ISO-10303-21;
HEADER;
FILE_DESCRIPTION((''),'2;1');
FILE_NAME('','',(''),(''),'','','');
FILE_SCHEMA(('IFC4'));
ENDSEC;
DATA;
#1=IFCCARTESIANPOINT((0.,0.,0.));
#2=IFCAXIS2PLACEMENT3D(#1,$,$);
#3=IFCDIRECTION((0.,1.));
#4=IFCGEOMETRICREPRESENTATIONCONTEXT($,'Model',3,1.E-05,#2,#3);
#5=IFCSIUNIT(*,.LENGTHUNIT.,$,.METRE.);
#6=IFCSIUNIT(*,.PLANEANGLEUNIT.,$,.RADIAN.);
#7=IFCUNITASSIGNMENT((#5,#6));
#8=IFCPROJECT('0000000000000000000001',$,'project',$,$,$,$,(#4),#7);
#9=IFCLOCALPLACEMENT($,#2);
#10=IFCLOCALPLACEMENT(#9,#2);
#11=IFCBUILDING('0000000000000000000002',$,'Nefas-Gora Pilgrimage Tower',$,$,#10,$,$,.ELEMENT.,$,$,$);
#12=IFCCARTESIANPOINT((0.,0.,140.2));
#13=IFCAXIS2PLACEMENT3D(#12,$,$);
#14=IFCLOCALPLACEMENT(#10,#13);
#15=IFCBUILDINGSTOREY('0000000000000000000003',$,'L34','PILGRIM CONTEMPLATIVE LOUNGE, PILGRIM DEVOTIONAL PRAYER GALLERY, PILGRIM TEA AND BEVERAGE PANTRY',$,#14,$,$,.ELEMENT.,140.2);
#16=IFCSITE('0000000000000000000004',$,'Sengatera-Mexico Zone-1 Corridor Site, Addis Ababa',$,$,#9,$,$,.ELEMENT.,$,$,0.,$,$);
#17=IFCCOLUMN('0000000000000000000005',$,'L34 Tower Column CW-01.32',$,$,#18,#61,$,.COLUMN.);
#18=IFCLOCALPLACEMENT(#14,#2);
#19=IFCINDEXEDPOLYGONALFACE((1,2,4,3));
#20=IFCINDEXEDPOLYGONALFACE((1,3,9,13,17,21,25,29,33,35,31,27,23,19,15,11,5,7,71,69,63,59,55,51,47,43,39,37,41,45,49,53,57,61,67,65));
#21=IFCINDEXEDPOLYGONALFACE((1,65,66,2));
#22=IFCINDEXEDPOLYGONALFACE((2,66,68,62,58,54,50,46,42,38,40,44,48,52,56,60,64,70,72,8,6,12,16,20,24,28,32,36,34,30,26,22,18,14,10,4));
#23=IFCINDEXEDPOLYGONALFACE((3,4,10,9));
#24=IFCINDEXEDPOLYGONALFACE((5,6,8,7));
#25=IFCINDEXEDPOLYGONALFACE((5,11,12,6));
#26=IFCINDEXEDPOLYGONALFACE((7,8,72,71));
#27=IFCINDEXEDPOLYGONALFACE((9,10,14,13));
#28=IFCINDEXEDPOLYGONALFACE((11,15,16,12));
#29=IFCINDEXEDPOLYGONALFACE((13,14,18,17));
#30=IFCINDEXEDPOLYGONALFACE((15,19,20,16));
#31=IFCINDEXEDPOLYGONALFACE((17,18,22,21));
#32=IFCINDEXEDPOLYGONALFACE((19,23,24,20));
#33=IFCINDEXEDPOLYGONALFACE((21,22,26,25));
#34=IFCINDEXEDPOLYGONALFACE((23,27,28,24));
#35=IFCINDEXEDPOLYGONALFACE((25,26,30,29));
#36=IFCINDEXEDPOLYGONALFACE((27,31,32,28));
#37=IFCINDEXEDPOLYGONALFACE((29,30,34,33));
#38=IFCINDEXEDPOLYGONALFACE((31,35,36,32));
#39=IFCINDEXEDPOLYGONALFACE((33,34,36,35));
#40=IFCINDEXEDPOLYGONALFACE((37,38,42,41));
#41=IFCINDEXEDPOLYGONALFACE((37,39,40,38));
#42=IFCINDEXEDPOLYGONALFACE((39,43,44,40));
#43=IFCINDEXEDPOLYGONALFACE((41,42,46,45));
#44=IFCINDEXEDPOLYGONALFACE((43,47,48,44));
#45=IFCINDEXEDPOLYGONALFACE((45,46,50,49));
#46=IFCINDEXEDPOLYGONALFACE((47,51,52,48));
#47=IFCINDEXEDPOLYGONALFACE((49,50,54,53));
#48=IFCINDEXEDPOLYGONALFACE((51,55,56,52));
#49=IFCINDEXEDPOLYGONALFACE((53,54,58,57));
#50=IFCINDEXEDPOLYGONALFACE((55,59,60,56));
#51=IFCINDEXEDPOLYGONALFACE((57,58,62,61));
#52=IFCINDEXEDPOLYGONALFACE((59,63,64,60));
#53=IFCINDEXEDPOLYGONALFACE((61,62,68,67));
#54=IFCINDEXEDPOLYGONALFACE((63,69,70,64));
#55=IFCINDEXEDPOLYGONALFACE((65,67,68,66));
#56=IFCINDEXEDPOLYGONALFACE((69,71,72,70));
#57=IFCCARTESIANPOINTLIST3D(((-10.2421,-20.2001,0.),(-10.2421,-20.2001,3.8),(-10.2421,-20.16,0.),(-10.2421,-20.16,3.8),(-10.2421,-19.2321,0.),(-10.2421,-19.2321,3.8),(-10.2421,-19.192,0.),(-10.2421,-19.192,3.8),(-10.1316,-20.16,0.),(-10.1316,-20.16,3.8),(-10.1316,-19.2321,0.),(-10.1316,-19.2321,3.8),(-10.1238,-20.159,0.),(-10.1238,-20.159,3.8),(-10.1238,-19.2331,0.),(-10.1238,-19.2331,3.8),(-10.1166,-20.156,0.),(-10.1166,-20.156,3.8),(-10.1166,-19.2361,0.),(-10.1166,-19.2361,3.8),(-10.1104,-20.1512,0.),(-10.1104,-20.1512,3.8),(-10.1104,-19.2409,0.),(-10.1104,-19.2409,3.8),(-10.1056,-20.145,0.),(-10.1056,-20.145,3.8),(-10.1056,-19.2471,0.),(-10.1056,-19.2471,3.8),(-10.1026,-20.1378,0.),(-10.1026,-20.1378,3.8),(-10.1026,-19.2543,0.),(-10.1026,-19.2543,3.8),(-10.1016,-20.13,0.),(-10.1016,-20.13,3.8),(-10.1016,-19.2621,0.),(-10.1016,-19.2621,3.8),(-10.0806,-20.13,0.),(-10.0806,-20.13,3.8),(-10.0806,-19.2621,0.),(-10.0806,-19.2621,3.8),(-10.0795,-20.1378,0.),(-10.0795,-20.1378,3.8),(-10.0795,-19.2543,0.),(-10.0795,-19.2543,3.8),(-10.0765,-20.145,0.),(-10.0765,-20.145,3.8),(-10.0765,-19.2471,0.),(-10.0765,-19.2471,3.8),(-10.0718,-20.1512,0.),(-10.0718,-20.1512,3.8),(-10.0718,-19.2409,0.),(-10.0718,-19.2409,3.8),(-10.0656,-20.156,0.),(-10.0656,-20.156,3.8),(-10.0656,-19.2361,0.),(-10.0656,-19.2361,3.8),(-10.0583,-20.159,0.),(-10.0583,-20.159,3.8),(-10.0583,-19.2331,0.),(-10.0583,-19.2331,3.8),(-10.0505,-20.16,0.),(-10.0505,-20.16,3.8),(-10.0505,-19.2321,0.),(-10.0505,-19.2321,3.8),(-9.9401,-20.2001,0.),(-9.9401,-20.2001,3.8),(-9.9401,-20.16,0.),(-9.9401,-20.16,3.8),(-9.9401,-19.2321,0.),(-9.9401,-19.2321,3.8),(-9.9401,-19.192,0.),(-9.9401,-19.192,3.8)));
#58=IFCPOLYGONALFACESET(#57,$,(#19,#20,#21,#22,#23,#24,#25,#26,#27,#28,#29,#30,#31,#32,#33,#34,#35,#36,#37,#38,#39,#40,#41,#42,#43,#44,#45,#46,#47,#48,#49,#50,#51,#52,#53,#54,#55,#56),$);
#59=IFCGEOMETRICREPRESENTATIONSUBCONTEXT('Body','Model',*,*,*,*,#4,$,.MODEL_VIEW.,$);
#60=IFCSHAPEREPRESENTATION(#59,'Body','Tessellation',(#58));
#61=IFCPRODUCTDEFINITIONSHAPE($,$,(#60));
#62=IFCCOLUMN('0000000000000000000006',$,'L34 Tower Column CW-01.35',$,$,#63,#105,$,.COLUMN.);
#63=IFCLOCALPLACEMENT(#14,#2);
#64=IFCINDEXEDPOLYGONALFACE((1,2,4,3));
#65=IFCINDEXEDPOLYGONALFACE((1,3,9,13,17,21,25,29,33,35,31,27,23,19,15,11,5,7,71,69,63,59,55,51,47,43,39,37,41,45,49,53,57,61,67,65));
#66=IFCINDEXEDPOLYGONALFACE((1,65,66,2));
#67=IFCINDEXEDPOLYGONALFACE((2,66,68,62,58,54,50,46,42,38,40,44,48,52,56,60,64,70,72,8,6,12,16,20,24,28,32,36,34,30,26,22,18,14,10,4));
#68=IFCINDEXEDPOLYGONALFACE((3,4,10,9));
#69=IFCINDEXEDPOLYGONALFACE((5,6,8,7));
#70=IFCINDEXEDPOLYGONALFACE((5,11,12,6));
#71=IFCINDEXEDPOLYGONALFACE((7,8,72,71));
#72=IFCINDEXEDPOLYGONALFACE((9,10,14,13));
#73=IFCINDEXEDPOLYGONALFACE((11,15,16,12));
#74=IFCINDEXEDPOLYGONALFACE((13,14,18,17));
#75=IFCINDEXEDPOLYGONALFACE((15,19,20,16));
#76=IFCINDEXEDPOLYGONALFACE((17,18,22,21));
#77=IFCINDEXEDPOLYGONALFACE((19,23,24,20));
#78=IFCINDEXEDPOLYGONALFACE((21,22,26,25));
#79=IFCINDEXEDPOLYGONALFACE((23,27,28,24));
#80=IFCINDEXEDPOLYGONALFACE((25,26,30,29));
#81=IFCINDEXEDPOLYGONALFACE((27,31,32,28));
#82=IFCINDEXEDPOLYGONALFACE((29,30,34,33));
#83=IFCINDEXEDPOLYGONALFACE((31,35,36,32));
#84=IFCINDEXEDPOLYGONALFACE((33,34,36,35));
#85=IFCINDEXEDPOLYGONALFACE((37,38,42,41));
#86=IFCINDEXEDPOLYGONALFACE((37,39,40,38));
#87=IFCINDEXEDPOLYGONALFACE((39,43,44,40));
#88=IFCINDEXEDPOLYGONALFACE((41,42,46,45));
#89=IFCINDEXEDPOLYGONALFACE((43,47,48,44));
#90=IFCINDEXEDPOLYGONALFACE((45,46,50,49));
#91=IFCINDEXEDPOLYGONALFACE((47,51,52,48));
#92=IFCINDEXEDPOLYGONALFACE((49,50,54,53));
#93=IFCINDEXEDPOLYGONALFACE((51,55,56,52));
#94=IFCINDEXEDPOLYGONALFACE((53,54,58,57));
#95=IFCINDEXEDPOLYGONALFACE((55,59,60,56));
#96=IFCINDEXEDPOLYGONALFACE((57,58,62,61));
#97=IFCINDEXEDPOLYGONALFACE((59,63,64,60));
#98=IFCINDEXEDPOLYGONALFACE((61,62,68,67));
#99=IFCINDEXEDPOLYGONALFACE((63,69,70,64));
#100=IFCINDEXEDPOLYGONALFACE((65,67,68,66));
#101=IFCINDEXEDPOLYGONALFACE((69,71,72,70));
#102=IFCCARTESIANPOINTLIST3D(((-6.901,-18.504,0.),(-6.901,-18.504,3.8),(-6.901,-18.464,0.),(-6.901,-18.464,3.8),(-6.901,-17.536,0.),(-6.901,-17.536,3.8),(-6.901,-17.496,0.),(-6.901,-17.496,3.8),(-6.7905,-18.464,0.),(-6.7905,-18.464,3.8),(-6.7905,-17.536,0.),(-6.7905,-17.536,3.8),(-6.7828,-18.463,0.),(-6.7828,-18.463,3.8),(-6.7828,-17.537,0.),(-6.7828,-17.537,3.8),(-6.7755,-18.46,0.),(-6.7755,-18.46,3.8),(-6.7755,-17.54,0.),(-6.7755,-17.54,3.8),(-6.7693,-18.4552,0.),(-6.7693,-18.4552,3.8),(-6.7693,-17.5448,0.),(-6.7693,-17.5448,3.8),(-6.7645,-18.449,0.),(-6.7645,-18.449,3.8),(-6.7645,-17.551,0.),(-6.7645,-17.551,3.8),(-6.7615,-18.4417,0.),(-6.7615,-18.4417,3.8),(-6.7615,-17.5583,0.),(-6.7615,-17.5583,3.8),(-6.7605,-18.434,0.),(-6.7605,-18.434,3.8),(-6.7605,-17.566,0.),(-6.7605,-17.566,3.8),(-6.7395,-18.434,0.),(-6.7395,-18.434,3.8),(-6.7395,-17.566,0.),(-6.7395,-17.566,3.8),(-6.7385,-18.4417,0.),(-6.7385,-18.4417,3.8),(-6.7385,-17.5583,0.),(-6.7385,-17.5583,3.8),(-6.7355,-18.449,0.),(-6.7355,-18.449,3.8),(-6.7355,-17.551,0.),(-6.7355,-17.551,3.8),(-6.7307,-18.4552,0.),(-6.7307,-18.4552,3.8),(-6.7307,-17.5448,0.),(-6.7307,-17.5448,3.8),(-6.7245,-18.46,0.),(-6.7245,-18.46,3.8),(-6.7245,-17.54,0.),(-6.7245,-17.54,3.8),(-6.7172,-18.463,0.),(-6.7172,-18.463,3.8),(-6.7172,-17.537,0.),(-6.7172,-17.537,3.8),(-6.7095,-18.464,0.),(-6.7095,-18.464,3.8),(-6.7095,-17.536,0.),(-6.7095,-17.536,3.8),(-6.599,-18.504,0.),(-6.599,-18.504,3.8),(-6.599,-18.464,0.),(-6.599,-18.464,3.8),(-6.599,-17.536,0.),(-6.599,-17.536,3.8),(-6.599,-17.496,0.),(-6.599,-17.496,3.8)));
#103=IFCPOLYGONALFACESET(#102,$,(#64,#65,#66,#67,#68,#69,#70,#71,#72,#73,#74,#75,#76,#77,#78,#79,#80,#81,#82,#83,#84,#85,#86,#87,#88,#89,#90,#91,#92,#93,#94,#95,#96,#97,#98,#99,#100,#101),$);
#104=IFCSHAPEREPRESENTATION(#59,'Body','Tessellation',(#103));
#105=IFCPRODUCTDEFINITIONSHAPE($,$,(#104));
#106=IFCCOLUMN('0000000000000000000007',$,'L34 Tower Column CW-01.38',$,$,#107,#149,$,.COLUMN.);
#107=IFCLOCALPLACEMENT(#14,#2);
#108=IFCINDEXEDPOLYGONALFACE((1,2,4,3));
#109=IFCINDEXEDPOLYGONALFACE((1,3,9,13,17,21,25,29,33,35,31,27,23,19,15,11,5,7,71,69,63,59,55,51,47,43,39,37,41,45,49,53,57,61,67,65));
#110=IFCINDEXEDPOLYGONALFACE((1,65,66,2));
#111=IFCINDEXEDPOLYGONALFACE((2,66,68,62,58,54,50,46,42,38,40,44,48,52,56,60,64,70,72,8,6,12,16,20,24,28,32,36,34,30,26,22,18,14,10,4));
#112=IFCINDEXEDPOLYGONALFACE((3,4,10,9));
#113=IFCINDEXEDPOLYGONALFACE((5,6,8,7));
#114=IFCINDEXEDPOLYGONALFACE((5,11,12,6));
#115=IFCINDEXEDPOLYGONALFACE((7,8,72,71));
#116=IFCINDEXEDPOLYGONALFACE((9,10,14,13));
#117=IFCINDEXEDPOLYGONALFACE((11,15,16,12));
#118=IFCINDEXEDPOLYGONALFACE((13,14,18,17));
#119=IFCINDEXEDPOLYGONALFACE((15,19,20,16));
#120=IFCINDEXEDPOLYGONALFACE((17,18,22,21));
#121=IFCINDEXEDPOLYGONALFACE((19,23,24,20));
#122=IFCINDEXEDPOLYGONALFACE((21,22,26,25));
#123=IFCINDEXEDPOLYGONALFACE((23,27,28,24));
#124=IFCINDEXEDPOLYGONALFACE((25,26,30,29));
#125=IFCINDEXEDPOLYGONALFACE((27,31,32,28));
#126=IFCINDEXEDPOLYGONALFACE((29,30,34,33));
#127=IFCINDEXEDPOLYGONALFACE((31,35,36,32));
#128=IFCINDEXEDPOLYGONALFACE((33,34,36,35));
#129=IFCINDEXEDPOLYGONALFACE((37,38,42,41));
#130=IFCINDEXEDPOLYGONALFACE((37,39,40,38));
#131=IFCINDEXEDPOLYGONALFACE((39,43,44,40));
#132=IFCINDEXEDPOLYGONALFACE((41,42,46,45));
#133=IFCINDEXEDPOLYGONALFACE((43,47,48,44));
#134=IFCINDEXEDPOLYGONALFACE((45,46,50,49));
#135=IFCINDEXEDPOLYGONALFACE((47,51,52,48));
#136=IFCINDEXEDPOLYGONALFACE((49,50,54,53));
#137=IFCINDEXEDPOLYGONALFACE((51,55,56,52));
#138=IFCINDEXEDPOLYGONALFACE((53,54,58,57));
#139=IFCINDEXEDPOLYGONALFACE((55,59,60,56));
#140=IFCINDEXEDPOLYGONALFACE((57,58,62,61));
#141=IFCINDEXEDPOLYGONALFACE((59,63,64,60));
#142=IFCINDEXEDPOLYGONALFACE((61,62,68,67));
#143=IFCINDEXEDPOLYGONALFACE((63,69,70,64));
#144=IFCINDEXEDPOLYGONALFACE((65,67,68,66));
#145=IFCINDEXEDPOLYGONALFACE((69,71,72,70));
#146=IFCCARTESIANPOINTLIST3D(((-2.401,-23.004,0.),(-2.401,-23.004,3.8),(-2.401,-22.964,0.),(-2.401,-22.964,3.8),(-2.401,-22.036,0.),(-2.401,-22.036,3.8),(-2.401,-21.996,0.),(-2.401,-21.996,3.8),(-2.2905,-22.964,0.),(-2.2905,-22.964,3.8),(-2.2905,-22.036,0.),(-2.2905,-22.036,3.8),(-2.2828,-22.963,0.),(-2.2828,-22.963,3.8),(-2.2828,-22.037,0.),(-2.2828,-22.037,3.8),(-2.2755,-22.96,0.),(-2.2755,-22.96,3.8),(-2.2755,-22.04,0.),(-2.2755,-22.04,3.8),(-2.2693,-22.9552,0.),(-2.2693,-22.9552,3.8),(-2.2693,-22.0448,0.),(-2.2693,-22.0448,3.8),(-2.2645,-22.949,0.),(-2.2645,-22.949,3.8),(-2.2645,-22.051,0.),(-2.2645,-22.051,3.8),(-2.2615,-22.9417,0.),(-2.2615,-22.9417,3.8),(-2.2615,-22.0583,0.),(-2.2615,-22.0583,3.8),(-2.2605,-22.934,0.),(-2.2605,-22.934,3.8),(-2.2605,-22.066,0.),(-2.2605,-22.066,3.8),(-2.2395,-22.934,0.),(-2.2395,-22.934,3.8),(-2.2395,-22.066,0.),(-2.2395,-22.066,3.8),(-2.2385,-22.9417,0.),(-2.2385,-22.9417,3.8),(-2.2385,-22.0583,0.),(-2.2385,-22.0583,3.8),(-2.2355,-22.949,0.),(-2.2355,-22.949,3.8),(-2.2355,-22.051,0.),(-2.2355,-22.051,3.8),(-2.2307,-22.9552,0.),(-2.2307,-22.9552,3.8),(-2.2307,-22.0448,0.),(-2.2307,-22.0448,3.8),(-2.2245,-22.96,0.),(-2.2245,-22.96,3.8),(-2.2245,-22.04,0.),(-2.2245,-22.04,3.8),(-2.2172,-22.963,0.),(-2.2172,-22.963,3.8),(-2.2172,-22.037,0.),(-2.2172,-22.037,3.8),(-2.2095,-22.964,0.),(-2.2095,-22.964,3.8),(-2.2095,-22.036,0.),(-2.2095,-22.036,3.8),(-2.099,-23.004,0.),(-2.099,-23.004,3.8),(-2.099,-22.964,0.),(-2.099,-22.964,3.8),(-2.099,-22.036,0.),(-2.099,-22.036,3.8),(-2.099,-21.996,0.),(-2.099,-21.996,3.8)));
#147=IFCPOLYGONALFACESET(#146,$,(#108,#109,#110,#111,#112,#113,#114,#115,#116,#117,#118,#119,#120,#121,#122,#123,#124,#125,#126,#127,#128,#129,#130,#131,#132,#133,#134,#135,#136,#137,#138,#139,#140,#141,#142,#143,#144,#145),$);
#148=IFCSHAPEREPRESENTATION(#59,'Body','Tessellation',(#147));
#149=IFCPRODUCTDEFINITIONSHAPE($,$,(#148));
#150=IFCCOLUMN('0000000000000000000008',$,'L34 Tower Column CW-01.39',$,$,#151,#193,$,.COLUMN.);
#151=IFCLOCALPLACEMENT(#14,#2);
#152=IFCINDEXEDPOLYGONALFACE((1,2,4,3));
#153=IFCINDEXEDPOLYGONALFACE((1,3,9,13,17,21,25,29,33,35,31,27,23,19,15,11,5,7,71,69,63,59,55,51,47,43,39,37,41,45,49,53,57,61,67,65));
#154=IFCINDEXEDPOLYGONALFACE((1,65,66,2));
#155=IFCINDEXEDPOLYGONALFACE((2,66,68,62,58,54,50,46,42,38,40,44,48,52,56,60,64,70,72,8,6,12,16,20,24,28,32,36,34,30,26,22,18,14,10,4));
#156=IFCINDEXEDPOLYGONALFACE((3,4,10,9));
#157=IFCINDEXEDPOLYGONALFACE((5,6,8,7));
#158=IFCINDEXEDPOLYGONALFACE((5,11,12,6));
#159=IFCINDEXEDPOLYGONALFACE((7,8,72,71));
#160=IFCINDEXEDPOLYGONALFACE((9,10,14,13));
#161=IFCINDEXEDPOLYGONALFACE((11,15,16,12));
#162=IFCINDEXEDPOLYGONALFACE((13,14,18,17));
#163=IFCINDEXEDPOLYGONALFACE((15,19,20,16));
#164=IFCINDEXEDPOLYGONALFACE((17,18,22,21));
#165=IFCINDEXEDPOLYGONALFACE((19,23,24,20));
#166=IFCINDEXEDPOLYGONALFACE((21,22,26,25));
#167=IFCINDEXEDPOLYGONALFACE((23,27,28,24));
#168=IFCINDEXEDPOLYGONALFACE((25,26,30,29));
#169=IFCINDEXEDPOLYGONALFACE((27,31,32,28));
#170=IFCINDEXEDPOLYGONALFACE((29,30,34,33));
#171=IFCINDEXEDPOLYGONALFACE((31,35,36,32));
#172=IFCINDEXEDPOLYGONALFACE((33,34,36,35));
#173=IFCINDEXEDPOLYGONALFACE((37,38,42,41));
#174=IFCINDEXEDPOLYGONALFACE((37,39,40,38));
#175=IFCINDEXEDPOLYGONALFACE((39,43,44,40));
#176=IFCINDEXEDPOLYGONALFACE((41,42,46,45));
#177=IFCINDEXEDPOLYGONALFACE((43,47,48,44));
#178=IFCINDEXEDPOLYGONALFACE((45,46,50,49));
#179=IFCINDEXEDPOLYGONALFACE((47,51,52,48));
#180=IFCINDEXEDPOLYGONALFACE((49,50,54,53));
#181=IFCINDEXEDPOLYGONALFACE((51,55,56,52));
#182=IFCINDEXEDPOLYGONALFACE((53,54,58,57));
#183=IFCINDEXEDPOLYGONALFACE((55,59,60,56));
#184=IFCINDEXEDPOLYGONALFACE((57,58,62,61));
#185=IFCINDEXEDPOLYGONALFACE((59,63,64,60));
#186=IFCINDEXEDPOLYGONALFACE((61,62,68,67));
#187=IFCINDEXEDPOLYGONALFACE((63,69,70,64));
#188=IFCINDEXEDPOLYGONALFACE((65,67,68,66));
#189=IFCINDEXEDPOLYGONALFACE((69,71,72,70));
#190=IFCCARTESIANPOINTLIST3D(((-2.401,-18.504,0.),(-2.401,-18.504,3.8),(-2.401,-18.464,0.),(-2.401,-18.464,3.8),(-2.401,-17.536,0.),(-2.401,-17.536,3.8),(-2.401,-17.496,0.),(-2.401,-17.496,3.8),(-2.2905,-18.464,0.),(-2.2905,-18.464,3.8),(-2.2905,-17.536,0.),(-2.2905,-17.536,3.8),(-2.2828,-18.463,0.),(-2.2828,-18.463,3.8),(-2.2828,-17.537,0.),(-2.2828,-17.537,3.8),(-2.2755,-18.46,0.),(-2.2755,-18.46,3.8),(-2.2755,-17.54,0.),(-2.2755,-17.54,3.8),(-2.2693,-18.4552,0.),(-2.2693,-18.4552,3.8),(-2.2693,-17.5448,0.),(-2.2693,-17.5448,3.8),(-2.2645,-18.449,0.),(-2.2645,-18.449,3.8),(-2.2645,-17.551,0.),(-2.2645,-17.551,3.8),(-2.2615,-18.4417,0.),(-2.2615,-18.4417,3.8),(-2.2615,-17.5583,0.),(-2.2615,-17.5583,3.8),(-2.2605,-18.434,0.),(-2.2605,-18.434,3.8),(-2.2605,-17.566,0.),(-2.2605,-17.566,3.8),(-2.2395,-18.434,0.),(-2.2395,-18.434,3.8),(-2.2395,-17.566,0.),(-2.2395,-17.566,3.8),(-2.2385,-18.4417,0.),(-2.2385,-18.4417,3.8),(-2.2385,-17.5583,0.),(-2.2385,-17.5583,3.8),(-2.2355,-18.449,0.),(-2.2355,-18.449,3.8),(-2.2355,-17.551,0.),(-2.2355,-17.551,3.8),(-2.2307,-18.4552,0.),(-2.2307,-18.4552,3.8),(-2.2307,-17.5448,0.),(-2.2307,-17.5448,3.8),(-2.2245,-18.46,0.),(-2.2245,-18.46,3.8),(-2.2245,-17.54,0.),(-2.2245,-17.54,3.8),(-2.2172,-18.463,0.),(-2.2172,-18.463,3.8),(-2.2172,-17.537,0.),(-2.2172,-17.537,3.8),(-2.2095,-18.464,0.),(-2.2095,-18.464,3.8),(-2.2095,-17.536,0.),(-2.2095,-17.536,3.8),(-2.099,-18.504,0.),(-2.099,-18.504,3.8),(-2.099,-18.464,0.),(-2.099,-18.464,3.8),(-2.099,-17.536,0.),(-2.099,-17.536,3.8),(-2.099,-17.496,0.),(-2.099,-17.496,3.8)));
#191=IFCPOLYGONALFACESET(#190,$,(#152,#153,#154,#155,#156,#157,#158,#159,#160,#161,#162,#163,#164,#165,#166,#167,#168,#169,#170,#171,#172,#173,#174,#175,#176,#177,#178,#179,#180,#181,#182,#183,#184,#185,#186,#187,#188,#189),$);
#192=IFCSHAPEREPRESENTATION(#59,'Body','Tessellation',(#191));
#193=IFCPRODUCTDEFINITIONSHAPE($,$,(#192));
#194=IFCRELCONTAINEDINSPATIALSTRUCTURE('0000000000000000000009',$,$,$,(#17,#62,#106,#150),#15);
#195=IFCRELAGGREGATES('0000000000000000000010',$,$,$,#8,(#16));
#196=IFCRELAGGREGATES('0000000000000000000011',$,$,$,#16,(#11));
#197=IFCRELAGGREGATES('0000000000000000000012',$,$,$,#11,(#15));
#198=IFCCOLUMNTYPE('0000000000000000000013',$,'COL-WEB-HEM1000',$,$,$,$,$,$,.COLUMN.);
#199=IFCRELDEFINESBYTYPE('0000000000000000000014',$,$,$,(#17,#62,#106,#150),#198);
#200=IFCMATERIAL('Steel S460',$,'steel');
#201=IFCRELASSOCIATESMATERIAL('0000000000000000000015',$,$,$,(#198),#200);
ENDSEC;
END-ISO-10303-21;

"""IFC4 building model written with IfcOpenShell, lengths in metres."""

from ifc_helpers import new_model, si_unit, direction, frame, origin, origin_2d, place, context, subcontext, project, spatial, i_section, extrude, source, transform, mapped, material, material_profile, profile_set, type_object, element, save


model = new_model("IFC4")

# Units and contexts
model_context = context("Model", 3, precision=1e-05, world=origin(), true_north=direction((0.0, 1.0)))
body_context = subcontext(model_context, "Body", "Model", "MODEL_VIEW")
ifc_project = project(units=[si_unit("LENGTHUNIT", "METRE"), si_unit("PLANEANGLEUNIT", "RADIAN")], contexts=[model_context])

# Site, building, storey
site_placement = place(None, origin())
site = spatial("IfcSite", under=ifc_project, at=site_placement, Name="Sengatera-Mexico Zone-1 Corridor Site, Addis Ababa", CompositionType="ELEMENT", RefElevation=0.0)
building_placement = place(site_placement, origin())
building = spatial("IfcBuilding", under=site, at=building_placement, Name="Nefas-Gora Pilgrimage Tower", CompositionType="ELEMENT")
storey_placement = place(building_placement, frame((0.0, 0.0, 140.2)))
storey = spatial("IfcBuildingStorey", under=building, at=storey_placement, Name="L34", Description="PILGRIM CONTEMPLATIVE LOUNGE, PILGRIM DEVOTIONAL PRAYER GALLERY, PILGRIM TEA AND BEVERAGE PANTRY", CompositionType="ELEMENT", Elevation=140.2)

# Columns
ifc_material_1 = material(Name="Steel S460", Category="steel")
ifc_material_profile_1 = material_profile(ifc_material_1, i_section(OverallWidth=0.302, OverallDepth=1.0081, WebThickness=0.021, FlangeThickness=0.04, FilletRadius=0.03, at=origin_2d()), Name="HEM 1000")
ifc_profile_set_1 = profile_set([ifc_material_profile_1], Name="Steel S460")
column_type_1 = type_object("IfcColumnType", Name="COL-WEB-HEM1000", PredefinedType="COLUMN", material=ifc_profile_set_1)
shared_shape_1 = source(origin(), body_context, "Body", "SweptSolid", [
    extrude(i_section(OverallWidth=0.302, OverallDepth=1.0081, WebThickness=0.021, FlangeThickness=0.04, FilletRadius=0.03, at=origin_2d()), origin(), (0.0, 0.0, 1.0), 3.8),
])
for number, where, z_axis, x_axis, name in (
    (1, (-10.0911, -19.696, 0.0), (0.0, 0.0, 1.0), (1.0, 0.0, 0.0), "L34 Tower Column CW-01.32"),
    (2, (-6.75, -18.0, 0.0), (0.0, 0.0, 1.0), (1.0, 0.0, 0.0), "L34 Tower Column CW-01.35"),
    (3, (-2.25, -22.5, 0.0), (0.0, 0.0, 1.0), (1.0, 0.0, 0.0), "L34 Tower Column CW-01.38"),
    (4, (-2.25, -18.0, 0.0), (0.0, 0.0, 1.0), (1.0, 0.0, 0.0), "L34 Tower Column CW-01.39"),
):
    element("IfcColumn", number, at=place(storey_placement, frame(where, z_axis=z_axis, x_axis=x_axis)), inside=storey, type_object=column_type_1, Name=name, PredefinedType="COLUMN", context=body_context, shape_type="MappedRepresentation", body=[
        mapped(shared_shape_1, transform((0.0, 0.0, 0.0), x_axis=(1.0, 0.0, 0.0), y_axis=(0.0, 1.0, 0.0), z_axis=(0.0, 0.0, 1.0), scale=1.0)),
    ])

save(model, "model.ifc")
